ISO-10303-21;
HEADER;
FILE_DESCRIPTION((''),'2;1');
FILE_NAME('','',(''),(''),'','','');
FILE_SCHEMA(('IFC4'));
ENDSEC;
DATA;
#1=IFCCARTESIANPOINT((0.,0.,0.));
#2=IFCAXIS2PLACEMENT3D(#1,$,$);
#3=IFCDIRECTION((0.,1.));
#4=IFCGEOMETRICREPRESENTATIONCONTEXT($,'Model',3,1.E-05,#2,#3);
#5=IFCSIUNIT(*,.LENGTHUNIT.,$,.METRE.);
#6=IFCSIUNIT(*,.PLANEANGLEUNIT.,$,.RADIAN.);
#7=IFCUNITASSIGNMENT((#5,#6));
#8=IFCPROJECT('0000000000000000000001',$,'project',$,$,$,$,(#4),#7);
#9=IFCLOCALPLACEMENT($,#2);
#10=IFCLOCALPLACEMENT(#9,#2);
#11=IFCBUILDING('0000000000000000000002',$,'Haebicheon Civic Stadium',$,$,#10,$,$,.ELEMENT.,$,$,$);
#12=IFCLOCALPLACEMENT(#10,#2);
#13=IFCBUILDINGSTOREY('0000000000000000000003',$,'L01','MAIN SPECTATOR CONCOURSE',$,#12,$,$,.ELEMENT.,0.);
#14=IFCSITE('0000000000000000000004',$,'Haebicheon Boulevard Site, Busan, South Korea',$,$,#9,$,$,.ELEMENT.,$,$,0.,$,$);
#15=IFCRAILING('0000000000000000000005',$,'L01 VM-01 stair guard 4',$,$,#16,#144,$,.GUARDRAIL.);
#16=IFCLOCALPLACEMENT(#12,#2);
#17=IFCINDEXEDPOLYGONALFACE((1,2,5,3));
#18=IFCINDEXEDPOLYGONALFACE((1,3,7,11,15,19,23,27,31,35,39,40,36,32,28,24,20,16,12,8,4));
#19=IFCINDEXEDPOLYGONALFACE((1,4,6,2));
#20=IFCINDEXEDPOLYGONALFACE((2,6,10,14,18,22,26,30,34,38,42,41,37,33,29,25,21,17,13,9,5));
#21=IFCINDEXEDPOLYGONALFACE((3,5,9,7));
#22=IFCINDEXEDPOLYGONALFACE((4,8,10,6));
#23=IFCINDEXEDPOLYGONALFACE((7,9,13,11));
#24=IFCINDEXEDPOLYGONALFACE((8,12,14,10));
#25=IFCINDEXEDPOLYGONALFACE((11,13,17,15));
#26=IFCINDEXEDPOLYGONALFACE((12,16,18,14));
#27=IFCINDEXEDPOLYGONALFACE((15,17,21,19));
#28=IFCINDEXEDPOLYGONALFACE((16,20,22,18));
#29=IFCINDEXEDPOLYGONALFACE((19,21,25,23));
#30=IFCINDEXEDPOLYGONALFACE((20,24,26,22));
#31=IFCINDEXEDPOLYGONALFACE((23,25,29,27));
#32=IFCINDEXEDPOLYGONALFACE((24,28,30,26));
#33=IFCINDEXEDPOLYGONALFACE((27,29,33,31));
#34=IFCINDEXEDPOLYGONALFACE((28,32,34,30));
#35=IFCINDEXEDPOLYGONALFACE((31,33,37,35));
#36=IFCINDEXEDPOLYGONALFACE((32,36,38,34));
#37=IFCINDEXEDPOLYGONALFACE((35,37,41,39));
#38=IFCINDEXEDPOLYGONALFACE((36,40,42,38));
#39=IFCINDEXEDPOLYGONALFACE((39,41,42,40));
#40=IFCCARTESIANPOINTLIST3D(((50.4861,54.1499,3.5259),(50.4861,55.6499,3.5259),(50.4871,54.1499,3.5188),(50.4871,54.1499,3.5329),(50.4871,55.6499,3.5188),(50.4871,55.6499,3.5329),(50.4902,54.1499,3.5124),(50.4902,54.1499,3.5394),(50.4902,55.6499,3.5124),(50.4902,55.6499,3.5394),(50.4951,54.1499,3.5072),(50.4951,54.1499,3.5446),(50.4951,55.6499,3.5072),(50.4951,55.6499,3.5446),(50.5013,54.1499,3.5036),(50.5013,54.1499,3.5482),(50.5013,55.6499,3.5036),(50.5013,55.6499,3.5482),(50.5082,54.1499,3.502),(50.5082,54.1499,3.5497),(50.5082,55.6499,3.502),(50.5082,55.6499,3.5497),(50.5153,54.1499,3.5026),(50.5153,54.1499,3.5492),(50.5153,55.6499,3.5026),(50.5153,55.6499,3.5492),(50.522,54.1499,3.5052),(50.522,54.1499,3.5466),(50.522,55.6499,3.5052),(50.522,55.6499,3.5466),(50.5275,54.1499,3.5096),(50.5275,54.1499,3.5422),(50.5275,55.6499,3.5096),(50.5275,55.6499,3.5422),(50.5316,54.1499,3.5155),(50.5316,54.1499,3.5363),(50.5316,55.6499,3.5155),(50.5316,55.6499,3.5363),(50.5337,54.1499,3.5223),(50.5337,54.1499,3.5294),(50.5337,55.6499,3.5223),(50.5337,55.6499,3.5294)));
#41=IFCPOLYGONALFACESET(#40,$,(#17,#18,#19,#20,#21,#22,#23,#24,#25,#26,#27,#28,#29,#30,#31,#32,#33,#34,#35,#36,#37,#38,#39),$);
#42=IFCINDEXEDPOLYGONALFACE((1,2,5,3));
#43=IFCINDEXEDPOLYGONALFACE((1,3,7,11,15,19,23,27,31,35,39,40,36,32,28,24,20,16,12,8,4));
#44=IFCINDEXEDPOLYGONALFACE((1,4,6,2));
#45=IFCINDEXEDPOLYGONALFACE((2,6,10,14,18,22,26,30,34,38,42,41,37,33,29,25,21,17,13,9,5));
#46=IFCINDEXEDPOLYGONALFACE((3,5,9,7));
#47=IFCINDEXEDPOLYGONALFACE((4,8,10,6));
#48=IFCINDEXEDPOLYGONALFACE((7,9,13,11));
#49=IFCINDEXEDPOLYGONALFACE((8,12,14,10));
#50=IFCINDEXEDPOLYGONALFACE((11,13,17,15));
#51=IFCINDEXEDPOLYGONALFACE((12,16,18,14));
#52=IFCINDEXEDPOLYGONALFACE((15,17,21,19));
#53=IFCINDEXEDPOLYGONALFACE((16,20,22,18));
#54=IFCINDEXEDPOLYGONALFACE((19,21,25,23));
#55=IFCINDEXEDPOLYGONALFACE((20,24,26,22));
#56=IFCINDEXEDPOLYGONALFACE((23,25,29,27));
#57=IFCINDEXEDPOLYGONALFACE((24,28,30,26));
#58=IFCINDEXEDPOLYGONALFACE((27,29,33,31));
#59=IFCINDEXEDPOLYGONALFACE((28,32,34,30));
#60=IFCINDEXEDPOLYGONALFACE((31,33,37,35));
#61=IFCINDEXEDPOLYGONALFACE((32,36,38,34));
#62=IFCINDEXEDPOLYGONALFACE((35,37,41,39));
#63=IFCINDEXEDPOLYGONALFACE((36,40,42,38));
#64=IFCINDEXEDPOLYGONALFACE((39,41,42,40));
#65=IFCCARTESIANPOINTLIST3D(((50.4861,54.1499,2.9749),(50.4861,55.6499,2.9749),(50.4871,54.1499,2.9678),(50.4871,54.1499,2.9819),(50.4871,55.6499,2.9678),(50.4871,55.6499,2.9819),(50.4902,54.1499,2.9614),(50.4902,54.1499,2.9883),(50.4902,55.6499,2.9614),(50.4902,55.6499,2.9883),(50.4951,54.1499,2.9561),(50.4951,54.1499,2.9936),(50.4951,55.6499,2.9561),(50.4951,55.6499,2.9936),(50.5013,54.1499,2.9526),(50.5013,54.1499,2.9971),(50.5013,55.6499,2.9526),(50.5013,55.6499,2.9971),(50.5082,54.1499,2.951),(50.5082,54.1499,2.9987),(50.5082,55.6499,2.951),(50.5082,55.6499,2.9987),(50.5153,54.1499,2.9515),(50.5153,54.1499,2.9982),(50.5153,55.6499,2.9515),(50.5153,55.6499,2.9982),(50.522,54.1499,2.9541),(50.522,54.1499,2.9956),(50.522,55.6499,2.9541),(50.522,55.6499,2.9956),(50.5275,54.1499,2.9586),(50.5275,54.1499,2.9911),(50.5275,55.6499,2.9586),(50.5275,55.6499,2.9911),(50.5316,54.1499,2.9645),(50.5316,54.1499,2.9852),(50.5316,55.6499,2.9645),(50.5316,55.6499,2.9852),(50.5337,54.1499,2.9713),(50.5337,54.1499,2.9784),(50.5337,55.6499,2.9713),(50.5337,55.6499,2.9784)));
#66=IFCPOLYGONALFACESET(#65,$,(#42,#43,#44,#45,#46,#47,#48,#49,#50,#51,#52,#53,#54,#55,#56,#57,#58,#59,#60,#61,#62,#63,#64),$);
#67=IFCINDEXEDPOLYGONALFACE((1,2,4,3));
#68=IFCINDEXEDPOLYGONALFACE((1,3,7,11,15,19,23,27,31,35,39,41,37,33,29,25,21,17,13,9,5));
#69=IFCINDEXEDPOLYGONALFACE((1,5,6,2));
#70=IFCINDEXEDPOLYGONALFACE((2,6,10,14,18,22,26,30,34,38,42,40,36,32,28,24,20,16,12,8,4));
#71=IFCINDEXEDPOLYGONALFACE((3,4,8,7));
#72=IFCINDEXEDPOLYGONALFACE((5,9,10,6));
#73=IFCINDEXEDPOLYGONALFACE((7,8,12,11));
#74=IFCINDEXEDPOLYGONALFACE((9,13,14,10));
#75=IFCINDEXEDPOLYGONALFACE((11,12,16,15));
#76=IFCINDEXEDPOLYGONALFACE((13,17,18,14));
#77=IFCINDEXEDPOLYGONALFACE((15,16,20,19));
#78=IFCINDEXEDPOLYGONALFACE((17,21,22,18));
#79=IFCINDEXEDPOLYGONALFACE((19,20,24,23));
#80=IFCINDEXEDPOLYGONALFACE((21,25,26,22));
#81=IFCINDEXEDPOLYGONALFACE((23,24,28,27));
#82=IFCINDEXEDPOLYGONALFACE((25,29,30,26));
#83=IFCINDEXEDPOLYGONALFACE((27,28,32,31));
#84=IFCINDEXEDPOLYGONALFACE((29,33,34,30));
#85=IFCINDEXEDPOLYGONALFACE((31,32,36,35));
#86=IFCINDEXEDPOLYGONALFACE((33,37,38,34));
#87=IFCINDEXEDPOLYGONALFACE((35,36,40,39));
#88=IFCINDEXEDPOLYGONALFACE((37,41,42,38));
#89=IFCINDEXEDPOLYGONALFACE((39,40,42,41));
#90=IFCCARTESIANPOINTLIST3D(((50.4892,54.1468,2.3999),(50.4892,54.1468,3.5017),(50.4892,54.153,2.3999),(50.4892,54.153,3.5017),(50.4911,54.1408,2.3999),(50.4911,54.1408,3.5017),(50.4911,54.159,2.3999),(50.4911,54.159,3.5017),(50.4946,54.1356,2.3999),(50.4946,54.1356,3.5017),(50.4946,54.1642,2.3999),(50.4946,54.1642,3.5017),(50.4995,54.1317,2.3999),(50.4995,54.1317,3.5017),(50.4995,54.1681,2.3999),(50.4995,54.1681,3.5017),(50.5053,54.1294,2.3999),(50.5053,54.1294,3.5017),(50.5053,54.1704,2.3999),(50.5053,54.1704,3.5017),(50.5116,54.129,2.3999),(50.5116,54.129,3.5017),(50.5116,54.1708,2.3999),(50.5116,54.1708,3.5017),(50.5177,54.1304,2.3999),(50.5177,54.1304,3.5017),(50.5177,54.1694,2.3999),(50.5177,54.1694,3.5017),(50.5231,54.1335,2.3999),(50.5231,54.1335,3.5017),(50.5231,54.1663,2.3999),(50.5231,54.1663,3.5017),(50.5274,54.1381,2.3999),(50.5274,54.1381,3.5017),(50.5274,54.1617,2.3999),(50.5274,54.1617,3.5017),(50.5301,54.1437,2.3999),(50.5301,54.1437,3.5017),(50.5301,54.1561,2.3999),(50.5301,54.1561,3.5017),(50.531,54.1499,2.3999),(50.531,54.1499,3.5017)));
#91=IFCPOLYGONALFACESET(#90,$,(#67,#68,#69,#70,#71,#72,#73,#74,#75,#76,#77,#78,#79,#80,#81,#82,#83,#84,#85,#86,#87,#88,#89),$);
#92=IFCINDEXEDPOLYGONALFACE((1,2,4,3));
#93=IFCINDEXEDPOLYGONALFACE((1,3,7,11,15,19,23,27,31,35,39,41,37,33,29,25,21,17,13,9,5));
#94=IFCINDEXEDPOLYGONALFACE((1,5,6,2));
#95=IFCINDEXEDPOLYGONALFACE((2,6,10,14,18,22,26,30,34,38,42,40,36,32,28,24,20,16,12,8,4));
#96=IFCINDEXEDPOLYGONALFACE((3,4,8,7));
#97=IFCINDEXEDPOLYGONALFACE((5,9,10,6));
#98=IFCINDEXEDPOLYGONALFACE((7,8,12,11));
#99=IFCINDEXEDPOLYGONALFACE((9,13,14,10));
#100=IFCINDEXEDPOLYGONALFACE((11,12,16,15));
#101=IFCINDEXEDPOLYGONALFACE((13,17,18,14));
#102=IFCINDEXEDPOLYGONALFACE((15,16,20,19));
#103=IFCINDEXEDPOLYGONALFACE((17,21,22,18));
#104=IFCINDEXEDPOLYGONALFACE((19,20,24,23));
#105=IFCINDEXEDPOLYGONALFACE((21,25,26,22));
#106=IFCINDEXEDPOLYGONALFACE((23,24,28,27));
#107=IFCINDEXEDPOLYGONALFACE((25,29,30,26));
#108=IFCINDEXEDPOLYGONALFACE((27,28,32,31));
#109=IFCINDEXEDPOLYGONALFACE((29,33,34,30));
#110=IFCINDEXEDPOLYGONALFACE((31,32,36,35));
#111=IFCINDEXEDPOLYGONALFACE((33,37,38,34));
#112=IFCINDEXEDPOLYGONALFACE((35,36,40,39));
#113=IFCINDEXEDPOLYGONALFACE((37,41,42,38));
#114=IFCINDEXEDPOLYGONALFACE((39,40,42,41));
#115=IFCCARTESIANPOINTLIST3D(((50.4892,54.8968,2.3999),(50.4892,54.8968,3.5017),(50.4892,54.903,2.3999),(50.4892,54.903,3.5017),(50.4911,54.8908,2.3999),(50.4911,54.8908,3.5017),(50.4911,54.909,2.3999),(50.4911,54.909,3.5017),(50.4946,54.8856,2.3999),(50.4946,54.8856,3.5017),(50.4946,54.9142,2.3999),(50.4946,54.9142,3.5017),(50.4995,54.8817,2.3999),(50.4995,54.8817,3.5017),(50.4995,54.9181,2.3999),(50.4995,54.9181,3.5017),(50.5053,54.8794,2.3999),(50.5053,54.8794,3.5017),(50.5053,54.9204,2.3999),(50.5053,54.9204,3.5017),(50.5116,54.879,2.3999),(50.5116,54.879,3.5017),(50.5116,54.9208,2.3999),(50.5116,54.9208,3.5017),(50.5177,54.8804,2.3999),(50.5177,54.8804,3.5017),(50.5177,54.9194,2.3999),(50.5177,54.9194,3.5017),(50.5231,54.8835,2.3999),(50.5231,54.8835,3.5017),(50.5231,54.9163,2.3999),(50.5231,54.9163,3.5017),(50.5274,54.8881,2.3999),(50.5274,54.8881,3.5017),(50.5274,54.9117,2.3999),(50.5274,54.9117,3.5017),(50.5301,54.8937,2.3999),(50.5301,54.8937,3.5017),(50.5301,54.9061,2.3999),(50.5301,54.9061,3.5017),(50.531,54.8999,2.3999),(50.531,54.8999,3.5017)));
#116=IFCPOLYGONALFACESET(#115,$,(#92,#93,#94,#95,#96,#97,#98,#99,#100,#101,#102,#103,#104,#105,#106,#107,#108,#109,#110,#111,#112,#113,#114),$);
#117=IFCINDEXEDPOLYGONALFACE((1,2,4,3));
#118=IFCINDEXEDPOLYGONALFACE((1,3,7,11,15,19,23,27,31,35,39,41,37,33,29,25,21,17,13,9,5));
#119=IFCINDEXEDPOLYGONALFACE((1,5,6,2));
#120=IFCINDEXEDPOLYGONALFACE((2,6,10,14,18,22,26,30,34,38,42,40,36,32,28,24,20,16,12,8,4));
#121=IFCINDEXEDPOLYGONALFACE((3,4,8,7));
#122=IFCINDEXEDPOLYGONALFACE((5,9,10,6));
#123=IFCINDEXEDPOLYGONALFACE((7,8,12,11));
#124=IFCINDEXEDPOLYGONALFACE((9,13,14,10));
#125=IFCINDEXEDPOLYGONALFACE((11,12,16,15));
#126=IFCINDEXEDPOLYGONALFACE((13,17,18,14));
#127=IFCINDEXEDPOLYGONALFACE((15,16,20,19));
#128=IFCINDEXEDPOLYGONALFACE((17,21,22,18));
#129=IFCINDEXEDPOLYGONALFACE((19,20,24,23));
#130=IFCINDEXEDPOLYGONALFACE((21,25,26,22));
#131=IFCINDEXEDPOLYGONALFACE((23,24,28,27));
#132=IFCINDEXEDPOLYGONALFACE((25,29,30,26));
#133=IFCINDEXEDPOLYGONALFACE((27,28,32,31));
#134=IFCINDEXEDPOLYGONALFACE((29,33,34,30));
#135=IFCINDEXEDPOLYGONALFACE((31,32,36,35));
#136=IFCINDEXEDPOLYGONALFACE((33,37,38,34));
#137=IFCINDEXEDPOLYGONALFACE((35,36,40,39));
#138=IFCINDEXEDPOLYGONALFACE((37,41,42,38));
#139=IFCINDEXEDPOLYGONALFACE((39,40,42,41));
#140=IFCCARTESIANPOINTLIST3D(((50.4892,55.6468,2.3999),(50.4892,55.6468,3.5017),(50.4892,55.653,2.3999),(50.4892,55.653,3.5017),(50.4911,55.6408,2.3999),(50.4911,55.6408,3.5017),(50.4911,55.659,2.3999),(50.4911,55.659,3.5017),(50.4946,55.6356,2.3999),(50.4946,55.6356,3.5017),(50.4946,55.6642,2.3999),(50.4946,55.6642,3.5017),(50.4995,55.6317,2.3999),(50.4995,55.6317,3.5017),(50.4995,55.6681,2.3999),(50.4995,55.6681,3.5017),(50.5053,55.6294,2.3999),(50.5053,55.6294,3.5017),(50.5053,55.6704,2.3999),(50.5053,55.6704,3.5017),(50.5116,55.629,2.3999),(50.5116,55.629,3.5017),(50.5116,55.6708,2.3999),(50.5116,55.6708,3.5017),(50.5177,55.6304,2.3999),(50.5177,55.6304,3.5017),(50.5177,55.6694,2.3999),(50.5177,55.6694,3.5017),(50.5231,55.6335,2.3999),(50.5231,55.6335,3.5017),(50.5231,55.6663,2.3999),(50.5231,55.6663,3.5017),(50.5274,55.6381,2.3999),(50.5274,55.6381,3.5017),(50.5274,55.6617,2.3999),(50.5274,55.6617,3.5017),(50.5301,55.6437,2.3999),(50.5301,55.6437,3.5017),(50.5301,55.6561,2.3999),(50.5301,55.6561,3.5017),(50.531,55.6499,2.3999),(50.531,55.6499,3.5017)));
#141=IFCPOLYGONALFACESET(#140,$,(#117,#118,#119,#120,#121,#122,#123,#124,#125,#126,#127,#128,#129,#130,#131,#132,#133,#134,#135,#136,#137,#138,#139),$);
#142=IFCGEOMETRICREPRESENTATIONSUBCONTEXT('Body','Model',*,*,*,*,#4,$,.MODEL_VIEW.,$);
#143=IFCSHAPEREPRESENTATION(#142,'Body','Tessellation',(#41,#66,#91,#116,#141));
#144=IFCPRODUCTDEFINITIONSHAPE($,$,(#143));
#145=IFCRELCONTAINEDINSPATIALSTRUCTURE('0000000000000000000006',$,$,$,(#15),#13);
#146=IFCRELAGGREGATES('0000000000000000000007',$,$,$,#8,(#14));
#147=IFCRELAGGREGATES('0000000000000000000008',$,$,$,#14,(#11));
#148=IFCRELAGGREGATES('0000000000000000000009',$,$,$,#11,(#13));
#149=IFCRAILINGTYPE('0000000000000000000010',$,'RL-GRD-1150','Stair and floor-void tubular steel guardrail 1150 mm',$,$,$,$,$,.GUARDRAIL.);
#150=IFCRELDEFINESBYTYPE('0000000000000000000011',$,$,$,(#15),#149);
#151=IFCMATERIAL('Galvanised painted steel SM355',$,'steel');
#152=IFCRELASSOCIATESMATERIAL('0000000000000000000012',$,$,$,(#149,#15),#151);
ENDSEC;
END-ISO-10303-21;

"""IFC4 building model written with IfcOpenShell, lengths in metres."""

from ifc_helpers import new_model, si_unit, direction, frame, origin, origin_2d, place, context, subcontext, project, spatial, circle, extrude, material, type_object, element, save


model = new_model("IFC4")

# Units and contexts
model_context = context("Model", 3, precision=1e-05, world=origin(), true_north=direction((0.0, 1.0)))
body_context = subcontext(model_context, "Body", "Model", "MODEL_VIEW")
ifc_project = project(units=[si_unit("LENGTHUNIT", "METRE"), si_unit("PLANEANGLEUNIT", "RADIAN")], contexts=[model_context])

# Site, building, storey
site_placement = place(None, origin())
site = spatial("IfcSite", under=ifc_project, at=site_placement, Name="Haebicheon Boulevard Site, Busan, South Korea", CompositionType="ELEMENT", RefElevation=0.0)
building_placement = place(site_placement, origin())
building = spatial("IfcBuilding", under=site, at=building_placement, Name="Haebicheon Civic Stadium", CompositionType="ELEMENT")
storey_placement = place(building_placement, origin())
storey = spatial("IfcBuildingStorey", under=building, at=storey_placement, Name="L01", Description="MAIN SPECTATOR CONCOURSE", CompositionType="ELEMENT", Elevation=0.0)

# Railing
ifc_material_1 = material(Name="Galvanised painted steel SM355", Category="steel")
railing_type_1 = type_object("IfcRailingType", Name="RL-GRD-1150", Description="Stair and floor-void tubular steel guardrail 1150 mm", PredefinedType="GUARDRAIL", material=ifc_material_1)
railing_1_placement = place(storey_placement, frame((50.51, 54.1499, 2.3999)))
element("IfcRailing", 1, at=railing_1_placement, inside=storey, type_object=railing_type_1, material=ifc_material_1, Name="L01 VM-01 stair guard 4", PredefinedType="GUARDRAIL", context=body_context, shape_type="SweptSolid", body=[
    extrude(circle(Radius=0.0239, at=origin_2d()), frame((0.0, 0.0, 1.126), z_axis=(0.0, 1.0, 0.0), x_axis=(-1.0, 0.0, 0.0)), (0.0, 0.0, 1.0), 1.5),
    extrude(circle(Radius=0.0239, at=origin_2d()), frame((0.0, 0.0, 0.575), z_axis=(0.0, 1.0, 0.0), x_axis=(-1.0, 0.0, 0.0)), (0.0, 0.0, 1.0), 1.5),
    extrude(circle(Radius=0.021, at=origin_2d()), origin(), (0.0, 0.0, 1.0), 1.1018),
    extrude(circle(Radius=0.021, at=origin_2d()), frame((0.0, 0.75, 0.0)), (0.0, 0.0, 1.0), 1.1018),
    extrude(circle(Radius=0.021, at=origin_2d()), frame((0.0, 1.5, 0.0)), (0.0, 0.0, 1.0), 1.1018),
])

save(model, "model.ifc")
